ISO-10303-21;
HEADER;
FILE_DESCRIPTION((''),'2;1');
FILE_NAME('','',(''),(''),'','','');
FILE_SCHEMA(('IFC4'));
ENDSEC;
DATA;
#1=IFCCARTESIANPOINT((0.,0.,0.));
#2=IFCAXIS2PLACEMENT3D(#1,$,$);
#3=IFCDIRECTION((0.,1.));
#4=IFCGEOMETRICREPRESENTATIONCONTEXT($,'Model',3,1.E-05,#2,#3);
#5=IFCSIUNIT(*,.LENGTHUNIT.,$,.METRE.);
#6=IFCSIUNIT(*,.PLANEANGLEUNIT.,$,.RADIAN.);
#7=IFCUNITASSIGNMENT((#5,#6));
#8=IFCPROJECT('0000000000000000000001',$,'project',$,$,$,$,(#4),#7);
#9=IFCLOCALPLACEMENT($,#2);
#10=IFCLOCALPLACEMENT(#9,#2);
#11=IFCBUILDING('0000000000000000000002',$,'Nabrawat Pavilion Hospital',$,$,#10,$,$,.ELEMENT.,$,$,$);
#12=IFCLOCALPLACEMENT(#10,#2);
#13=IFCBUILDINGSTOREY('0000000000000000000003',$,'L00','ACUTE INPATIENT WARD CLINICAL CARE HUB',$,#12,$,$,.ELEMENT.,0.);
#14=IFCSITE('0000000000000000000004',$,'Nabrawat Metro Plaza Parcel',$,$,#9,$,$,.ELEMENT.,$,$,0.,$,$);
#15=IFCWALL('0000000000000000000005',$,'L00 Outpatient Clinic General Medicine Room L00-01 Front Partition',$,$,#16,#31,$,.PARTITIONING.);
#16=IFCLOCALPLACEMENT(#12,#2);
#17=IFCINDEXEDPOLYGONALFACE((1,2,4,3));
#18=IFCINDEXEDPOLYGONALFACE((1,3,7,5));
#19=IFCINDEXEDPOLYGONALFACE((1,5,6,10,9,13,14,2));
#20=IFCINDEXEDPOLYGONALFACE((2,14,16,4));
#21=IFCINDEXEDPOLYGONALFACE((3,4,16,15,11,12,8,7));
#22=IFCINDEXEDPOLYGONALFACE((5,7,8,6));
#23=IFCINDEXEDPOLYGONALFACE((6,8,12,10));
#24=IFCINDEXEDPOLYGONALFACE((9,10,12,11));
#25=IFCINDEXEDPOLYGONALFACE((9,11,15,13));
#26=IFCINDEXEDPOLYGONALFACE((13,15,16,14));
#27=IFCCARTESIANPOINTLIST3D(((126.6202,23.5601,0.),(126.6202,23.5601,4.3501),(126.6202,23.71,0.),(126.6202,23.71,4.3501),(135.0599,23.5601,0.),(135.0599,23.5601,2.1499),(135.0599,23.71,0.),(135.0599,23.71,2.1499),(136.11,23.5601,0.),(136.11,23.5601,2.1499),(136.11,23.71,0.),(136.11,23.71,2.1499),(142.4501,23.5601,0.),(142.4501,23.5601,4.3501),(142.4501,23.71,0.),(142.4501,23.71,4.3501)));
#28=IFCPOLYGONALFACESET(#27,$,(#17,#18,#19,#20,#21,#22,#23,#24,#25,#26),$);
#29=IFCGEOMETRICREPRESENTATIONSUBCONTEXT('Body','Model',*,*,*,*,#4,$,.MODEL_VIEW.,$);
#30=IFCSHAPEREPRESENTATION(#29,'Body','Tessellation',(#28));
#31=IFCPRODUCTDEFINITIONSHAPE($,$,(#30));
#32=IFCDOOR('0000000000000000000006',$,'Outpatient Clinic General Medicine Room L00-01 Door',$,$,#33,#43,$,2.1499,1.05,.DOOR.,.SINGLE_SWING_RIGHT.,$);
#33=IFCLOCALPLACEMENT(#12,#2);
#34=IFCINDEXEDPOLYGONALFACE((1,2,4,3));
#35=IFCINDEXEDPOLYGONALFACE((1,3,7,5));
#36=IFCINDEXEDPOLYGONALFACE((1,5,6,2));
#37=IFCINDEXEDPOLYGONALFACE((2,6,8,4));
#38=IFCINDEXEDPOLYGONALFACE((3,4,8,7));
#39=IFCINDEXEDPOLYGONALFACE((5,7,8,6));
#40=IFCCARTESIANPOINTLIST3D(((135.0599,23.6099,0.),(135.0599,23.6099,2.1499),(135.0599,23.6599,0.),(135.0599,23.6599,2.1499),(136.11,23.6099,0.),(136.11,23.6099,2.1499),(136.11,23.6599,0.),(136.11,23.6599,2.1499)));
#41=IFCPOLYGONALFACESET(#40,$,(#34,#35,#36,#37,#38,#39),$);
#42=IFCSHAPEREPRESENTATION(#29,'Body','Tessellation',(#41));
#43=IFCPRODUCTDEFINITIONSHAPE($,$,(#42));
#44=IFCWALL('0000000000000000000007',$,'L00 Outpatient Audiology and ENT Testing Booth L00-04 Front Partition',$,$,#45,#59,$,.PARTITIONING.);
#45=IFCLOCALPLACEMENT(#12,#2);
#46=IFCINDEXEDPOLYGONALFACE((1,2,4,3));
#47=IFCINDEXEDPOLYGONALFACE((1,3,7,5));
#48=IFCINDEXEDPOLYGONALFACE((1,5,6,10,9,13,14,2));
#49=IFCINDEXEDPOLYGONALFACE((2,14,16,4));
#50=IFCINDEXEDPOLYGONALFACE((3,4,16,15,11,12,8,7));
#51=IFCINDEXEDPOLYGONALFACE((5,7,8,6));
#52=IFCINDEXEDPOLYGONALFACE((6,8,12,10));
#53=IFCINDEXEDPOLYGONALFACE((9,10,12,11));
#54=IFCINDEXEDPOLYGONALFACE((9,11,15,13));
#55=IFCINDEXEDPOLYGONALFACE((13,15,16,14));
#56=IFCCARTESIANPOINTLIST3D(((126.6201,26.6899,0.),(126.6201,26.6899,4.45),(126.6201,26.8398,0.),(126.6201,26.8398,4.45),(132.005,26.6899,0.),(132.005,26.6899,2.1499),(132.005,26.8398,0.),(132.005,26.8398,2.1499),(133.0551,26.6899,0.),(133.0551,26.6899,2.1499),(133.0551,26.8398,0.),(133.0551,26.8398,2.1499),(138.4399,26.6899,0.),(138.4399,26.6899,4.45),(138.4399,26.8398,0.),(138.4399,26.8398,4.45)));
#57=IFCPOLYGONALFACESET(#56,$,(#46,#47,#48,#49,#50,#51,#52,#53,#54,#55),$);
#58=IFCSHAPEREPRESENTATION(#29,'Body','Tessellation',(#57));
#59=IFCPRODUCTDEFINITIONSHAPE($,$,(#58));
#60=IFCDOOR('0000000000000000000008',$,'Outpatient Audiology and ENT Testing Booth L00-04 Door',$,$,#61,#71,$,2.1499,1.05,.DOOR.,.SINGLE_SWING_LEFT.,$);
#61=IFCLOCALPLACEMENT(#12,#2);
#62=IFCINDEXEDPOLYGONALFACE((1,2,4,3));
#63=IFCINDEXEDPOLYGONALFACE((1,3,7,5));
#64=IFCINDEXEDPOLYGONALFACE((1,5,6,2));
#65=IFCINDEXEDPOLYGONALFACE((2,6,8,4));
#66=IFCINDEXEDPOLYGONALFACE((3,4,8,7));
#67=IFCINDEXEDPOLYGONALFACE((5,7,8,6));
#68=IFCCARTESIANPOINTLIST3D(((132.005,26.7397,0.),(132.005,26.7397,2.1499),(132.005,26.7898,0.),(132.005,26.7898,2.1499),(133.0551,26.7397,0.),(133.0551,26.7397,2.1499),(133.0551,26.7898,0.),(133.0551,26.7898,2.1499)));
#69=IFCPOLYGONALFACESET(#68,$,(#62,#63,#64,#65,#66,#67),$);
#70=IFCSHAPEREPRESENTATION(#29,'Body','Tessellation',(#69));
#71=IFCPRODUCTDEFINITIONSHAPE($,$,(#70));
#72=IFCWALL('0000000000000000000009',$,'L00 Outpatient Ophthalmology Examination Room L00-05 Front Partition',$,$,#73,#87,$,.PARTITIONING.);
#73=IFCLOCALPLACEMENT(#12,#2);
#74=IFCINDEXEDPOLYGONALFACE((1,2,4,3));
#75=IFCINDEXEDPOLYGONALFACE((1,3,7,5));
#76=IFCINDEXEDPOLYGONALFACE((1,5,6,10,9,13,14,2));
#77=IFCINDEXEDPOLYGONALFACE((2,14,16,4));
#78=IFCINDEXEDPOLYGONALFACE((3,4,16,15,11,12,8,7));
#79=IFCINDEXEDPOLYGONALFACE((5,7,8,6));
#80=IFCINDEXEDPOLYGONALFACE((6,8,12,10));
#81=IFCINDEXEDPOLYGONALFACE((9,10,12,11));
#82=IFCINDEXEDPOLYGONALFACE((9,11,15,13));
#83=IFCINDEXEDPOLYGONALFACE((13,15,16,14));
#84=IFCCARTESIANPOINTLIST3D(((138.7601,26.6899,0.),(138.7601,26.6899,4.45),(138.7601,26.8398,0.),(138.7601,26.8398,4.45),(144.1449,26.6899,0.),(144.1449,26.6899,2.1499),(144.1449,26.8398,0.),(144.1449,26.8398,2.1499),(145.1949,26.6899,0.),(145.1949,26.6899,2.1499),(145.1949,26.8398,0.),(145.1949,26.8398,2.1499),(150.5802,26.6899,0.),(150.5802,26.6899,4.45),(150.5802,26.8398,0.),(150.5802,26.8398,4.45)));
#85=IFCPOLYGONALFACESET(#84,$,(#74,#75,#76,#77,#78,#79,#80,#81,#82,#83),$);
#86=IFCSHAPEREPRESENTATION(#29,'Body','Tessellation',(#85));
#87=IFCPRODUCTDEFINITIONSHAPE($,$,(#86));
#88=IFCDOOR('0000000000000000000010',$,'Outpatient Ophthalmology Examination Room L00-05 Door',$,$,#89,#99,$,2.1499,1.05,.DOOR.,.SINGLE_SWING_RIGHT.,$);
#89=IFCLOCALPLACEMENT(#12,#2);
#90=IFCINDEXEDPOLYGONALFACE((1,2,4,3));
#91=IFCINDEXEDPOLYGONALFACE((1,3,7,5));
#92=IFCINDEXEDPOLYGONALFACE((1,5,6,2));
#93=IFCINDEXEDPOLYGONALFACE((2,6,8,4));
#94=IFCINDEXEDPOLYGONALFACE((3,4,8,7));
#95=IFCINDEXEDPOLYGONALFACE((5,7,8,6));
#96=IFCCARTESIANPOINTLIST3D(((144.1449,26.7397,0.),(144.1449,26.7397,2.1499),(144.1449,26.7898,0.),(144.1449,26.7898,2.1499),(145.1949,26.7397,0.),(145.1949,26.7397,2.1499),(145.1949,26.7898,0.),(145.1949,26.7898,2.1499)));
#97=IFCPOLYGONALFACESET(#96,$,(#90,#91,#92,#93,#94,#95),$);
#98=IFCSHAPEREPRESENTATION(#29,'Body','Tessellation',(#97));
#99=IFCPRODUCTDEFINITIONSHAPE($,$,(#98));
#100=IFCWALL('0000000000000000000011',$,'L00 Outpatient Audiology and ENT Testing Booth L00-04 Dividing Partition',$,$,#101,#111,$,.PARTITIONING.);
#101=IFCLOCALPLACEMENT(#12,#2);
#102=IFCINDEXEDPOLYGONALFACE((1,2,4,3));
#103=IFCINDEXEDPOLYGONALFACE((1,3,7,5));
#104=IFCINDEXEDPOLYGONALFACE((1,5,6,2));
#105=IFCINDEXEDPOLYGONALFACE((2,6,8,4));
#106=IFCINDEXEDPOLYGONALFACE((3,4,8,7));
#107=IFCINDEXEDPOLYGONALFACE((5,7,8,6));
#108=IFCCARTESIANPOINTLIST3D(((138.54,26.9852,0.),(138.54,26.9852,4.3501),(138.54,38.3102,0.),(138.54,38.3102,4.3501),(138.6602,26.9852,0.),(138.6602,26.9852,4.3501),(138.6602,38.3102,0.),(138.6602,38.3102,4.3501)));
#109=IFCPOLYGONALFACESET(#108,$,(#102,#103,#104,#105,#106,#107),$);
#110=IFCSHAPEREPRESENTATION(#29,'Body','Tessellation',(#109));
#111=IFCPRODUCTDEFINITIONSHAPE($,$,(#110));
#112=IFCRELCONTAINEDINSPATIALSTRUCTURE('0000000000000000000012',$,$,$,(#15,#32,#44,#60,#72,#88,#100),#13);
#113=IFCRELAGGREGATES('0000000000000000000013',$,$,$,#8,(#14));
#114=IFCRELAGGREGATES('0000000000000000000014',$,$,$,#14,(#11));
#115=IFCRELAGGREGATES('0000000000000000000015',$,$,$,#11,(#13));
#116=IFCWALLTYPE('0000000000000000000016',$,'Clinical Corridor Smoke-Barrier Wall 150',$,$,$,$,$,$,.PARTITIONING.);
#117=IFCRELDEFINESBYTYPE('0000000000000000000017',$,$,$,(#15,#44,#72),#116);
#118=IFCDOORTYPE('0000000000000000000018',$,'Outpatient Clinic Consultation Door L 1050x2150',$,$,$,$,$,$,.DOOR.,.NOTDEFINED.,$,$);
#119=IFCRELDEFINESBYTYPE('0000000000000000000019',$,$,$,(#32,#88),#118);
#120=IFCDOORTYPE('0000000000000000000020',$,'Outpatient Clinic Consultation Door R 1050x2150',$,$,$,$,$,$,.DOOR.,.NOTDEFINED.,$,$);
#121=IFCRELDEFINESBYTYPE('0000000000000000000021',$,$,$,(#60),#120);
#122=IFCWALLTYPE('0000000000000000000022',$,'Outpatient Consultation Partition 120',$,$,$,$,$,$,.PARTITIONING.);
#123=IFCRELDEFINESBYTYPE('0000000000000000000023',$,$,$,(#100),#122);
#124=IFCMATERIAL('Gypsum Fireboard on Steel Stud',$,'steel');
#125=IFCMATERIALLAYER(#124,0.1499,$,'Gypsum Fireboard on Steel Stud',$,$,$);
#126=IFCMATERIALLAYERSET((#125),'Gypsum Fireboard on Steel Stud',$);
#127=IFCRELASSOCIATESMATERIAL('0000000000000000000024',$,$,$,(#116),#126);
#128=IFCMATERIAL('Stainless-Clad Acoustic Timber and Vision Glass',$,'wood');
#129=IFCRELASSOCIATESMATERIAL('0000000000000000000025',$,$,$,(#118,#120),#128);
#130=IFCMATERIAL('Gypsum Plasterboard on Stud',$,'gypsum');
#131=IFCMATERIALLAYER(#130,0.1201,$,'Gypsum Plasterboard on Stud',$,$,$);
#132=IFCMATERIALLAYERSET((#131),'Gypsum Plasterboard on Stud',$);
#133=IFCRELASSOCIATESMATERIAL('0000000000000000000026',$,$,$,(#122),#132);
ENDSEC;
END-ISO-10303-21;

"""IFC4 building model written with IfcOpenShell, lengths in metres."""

from ifc_helpers import new_model, si_unit, direction, frame, frame_2d, origin, place, context, subcontext, project, spatial, rectangle, extrude, material, layer, layer_set, type_object, element, fill, save


model = new_model("IFC4")

# Units and contexts
model_context = context("Model", 3, precision=1e-05, world=origin(), true_north=direction((0.0, 1.0)))
body_context = subcontext(model_context, "Body", "Model", "MODEL_VIEW")
ifc_project = project(units=[si_unit("LENGTHUNIT", "METRE"), si_unit("PLANEANGLEUNIT", "RADIAN")], contexts=[model_context])

# Site, building, storey
site_placement = place(None, origin())
site = spatial("IfcSite", under=ifc_project, at=site_placement, Name="Nabrawat Metro Plaza Parcel", CompositionType="ELEMENT", RefElevation=0.0)
building_placement = place(site_placement, origin())
building = spatial("IfcBuilding", under=site, at=building_placement, Name="Nabrawat Pavilion Hospital", CompositionType="ELEMENT")
storey_placement = place(building_placement, origin())
storey = spatial("IfcBuildingStorey", under=building, at=storey_placement, Name="L00", Description="ACUTE INPATIENT WARD CLINICAL CARE HUB", CompositionType="ELEMENT", Elevation=0.0)

# Walls, openings, doors
ifc_material_1 = material(Name="Gypsum Fireboard on Steel Stud", Category="steel")
ifc_layer_1 = layer(ifc_material_1, 0.1499, Name="Gypsum Fireboard on Steel Stud")
ifc_layer_set_1 = layer_set([ifc_layer_1], Name="Gypsum Fireboard on Steel Stud")
wall_type_1 = type_object("IfcWallType", Name="Clinical Corridor Smoke-Barrier Wall 150", PredefinedType="PARTITIONING", material=ifc_layer_set_1)
wall_1_placement = place(storey_placement, frame((126.6201, 23.635, 0.0), z_axis=(0.0, 0.0, 1.0), x_axis=(1.0, 0.0, 0.0)))
wall_1 = element("IfcWall", 1, at=wall_1_placement, inside=storey, type_object=wall_type_1, Name="L00 Outpatient Clinic General Medicine Room L00-01 Front Partition", PredefinedType="PARTITIONING", context=body_context, shape_type="SweptSolid", body=[
    extrude(rectangle(XDim=15.8298, YDim=0.1499, at=frame_2d((7.915, 0.0))), origin(), (0.0, 0.0, 1.0), 4.3501),
])
opening_1_placement = place(wall_1_placement, frame((8.4399, 0.0, 0.0)))
opening_1 = element("IfcOpeningElement", 2, at=opening_1_placement, cuts=wall_1, PredefinedType="OPENING", context=body_context, shape_type="SweptSolid", body=[
    extrude(rectangle(XDim=1.05, YDim=2.1499, at=frame_2d((0.5249, 1.075))), frame((0.0, 0.085, 0.0), z_axis=(0.0, -1.0, 0.0), x_axis=(1.0, 0.0, 0.0)), (0.0, 0.0, 1.0), 0.1699),
])
ifc_material_2 = material(Name="Stainless-Clad Acoustic Timber and Vision Glass", Category="wood")
door_type_1 = type_object("IfcDoorType", Name="Outpatient Clinic Consultation Door L 1050x2150", OperationType="NOTDEFINED", PredefinedType="DOOR", material=ifc_material_2)
door_1_placement = place(opening_1_placement, origin())
door_1 = element("IfcDoor", 3, at=door_1_placement, inside=storey, type_object=door_type_1, Name="Outpatient Clinic General Medicine Room L00-01 Door", OperationType="SINGLE_SWING_RIGHT", OverallHeight=2.1499, OverallWidth=1.05, PredefinedType="DOOR", context=body_context, shape_type="SweptSolid", body=[
    extrude(rectangle(XDim=1.05, YDim=2.1499, at=frame_2d((0.5249, 1.075))), frame((0.0, 0.0249, 0.0), z_axis=(0.0, -1.0, 0.0), x_axis=(1.0, 0.0, 0.0)), (0.0, 0.0, 1.0), 0.05),
])
fill(opening_1, door_1)
wall_2_placement = place(storey_placement, frame((126.6201, 26.7649, 0.0), z_axis=(0.0, 0.0, 1.0), x_axis=(1.0, 0.0, 0.0)))
wall_2 = element("IfcWall", 4, at=wall_2_placement, inside=storey, type_object=wall_type_1, Name="L00 Outpatient Audiology and ENT Testing Booth L00-04 Front Partition", PredefinedType="PARTITIONING", context=body_context, shape_type="SweptSolid", body=[
    extrude(rectangle(XDim=11.8198, YDim=0.1499, at=frame_2d((5.9099, 0.0))), origin(), (0.0, 0.0, 1.0), 4.45),
])
opening_2_placement = place(wall_2_placement, frame((5.385, 0.0, 0.0)))
opening_2 = element("IfcOpeningElement", 5, at=opening_2_placement, cuts=wall_2, PredefinedType="OPENING", context=body_context, shape_type="SweptSolid", body=[
    extrude(rectangle(XDim=1.05, YDim=2.1499, at=frame_2d((0.5249, 1.075))), frame((0.0, 0.085, 0.0), z_axis=(0.0, -1.0, 0.0), x_axis=(1.0, 0.0, 0.0)), (0.0, 0.0, 1.0), 0.1699),
])
door_type_2 = type_object("IfcDoorType", Name="Outpatient Clinic Consultation Door R 1050x2150", OperationType="NOTDEFINED", PredefinedType="DOOR", material=ifc_material_2)
door_2_placement = place(opening_2_placement, origin())
door_2 = element("IfcDoor", 6, at=door_2_placement, inside=storey, type_object=door_type_2, Name="Outpatient Audiology and ENT Testing Booth L00-04 Door", OperationType="SINGLE_SWING_LEFT", OverallHeight=2.1499, OverallWidth=1.05, PredefinedType="DOOR", context=body_context, shape_type="SweptSolid", body=[
    extrude(rectangle(XDim=1.05, YDim=2.1499, at=frame_2d((0.5249, 1.075))), frame((0.0, 0.0249, 0.0), z_axis=(0.0, -1.0, 0.0), x_axis=(1.0, 0.0, 0.0)), (0.0, 0.0, 1.0), 0.05),
])
fill(opening_2, door_2)
wall_3_placement = place(storey_placement, frame((138.76, 26.7649, 0.0), z_axis=(0.0, 0.0, 1.0), x_axis=(1.0, 0.0, 0.0)))
wall_3 = element("IfcWall", 7, at=wall_3_placement, inside=storey, type_object=wall_type_1, Name="L00 Outpatient Ophthalmology Examination Room L00-05 Front Partition", PredefinedType="PARTITIONING", context=body_context, shape_type="SweptSolid", body=[
    extrude(rectangle(XDim=11.8201, YDim=0.1499, at=frame_2d((5.9102, 0.0))), origin(), (0.0, 0.0, 1.0), 4.45),
])
opening_3_placement = place(wall_3_placement, frame((5.385, 0.0, 0.0)))
opening_3 = element("IfcOpeningElement", 8, at=opening_3_placement, cuts=wall_3, PredefinedType="OPENING", context=body_context, shape_type="SweptSolid", body=[
    extrude(rectangle(XDim=1.05, YDim=2.1499, at=frame_2d((0.5249, 1.075))), frame((0.0, 0.085, 0.0), z_axis=(0.0, -1.0, 0.0), x_axis=(1.0, 0.0, 0.0)), (0.0, 0.0, 1.0), 0.1699),
])
door_3_placement = place(opening_3_placement, origin())
door_3 = element("IfcDoor", 9, at=door_3_placement, inside=storey, type_object=door_type_1, Name="Outpatient Ophthalmology Examination Room L00-05 Door", OperationType="SINGLE_SWING_RIGHT", OverallHeight=2.1499, OverallWidth=1.05, PredefinedType="DOOR", context=body_context, shape_type="SweptSolid", body=[
    extrude(rectangle(XDim=1.05, YDim=2.1499, at=frame_2d((0.5249, 1.075))), frame((0.0, 0.0249, 0.0), z_axis=(0.0, -1.0, 0.0), x_axis=(1.0, 0.0, 0.0)), (0.0, 0.0, 1.0), 0.05),
])
fill(opening_3, door_3)

# Wall
ifc_material_3 = material(Name="Gypsum Plasterboard on Stud", Category="gypsum")
ifc_layer_2 = layer(ifc_material_3, 0.1201, Name="Gypsum Plasterboard on Stud")
ifc_layer_set_2 = layer_set([ifc_layer_2], Name="Gypsum Plasterboard on Stud")
wall_type_2 = type_object("IfcWallType", Name="Outpatient Consultation Partition 120", PredefinedType="PARTITIONING", material=ifc_layer_set_2)
wall_4_placement = place(storey_placement, frame((138.6001, 26.9851, 0.0), z_axis=(0.0, 0.0, 1.0), x_axis=(0.0, 1.0, 0.0)))
element("IfcWall", 10, at=wall_4_placement, inside=storey, type_object=wall_type_2, Name="L00 Outpatient Audiology and ENT Testing Booth L00-04 Dividing Partition", PredefinedType="PARTITIONING", context=body_context, shape_type="SweptSolid", body=[
    extrude(rectangle(XDim=11.325, YDim=0.1201, at=frame_2d((5.6626, 0.0))), origin(), (0.0, 0.0, 1.0), 4.3501),
])

save(model, "model.ifc")
